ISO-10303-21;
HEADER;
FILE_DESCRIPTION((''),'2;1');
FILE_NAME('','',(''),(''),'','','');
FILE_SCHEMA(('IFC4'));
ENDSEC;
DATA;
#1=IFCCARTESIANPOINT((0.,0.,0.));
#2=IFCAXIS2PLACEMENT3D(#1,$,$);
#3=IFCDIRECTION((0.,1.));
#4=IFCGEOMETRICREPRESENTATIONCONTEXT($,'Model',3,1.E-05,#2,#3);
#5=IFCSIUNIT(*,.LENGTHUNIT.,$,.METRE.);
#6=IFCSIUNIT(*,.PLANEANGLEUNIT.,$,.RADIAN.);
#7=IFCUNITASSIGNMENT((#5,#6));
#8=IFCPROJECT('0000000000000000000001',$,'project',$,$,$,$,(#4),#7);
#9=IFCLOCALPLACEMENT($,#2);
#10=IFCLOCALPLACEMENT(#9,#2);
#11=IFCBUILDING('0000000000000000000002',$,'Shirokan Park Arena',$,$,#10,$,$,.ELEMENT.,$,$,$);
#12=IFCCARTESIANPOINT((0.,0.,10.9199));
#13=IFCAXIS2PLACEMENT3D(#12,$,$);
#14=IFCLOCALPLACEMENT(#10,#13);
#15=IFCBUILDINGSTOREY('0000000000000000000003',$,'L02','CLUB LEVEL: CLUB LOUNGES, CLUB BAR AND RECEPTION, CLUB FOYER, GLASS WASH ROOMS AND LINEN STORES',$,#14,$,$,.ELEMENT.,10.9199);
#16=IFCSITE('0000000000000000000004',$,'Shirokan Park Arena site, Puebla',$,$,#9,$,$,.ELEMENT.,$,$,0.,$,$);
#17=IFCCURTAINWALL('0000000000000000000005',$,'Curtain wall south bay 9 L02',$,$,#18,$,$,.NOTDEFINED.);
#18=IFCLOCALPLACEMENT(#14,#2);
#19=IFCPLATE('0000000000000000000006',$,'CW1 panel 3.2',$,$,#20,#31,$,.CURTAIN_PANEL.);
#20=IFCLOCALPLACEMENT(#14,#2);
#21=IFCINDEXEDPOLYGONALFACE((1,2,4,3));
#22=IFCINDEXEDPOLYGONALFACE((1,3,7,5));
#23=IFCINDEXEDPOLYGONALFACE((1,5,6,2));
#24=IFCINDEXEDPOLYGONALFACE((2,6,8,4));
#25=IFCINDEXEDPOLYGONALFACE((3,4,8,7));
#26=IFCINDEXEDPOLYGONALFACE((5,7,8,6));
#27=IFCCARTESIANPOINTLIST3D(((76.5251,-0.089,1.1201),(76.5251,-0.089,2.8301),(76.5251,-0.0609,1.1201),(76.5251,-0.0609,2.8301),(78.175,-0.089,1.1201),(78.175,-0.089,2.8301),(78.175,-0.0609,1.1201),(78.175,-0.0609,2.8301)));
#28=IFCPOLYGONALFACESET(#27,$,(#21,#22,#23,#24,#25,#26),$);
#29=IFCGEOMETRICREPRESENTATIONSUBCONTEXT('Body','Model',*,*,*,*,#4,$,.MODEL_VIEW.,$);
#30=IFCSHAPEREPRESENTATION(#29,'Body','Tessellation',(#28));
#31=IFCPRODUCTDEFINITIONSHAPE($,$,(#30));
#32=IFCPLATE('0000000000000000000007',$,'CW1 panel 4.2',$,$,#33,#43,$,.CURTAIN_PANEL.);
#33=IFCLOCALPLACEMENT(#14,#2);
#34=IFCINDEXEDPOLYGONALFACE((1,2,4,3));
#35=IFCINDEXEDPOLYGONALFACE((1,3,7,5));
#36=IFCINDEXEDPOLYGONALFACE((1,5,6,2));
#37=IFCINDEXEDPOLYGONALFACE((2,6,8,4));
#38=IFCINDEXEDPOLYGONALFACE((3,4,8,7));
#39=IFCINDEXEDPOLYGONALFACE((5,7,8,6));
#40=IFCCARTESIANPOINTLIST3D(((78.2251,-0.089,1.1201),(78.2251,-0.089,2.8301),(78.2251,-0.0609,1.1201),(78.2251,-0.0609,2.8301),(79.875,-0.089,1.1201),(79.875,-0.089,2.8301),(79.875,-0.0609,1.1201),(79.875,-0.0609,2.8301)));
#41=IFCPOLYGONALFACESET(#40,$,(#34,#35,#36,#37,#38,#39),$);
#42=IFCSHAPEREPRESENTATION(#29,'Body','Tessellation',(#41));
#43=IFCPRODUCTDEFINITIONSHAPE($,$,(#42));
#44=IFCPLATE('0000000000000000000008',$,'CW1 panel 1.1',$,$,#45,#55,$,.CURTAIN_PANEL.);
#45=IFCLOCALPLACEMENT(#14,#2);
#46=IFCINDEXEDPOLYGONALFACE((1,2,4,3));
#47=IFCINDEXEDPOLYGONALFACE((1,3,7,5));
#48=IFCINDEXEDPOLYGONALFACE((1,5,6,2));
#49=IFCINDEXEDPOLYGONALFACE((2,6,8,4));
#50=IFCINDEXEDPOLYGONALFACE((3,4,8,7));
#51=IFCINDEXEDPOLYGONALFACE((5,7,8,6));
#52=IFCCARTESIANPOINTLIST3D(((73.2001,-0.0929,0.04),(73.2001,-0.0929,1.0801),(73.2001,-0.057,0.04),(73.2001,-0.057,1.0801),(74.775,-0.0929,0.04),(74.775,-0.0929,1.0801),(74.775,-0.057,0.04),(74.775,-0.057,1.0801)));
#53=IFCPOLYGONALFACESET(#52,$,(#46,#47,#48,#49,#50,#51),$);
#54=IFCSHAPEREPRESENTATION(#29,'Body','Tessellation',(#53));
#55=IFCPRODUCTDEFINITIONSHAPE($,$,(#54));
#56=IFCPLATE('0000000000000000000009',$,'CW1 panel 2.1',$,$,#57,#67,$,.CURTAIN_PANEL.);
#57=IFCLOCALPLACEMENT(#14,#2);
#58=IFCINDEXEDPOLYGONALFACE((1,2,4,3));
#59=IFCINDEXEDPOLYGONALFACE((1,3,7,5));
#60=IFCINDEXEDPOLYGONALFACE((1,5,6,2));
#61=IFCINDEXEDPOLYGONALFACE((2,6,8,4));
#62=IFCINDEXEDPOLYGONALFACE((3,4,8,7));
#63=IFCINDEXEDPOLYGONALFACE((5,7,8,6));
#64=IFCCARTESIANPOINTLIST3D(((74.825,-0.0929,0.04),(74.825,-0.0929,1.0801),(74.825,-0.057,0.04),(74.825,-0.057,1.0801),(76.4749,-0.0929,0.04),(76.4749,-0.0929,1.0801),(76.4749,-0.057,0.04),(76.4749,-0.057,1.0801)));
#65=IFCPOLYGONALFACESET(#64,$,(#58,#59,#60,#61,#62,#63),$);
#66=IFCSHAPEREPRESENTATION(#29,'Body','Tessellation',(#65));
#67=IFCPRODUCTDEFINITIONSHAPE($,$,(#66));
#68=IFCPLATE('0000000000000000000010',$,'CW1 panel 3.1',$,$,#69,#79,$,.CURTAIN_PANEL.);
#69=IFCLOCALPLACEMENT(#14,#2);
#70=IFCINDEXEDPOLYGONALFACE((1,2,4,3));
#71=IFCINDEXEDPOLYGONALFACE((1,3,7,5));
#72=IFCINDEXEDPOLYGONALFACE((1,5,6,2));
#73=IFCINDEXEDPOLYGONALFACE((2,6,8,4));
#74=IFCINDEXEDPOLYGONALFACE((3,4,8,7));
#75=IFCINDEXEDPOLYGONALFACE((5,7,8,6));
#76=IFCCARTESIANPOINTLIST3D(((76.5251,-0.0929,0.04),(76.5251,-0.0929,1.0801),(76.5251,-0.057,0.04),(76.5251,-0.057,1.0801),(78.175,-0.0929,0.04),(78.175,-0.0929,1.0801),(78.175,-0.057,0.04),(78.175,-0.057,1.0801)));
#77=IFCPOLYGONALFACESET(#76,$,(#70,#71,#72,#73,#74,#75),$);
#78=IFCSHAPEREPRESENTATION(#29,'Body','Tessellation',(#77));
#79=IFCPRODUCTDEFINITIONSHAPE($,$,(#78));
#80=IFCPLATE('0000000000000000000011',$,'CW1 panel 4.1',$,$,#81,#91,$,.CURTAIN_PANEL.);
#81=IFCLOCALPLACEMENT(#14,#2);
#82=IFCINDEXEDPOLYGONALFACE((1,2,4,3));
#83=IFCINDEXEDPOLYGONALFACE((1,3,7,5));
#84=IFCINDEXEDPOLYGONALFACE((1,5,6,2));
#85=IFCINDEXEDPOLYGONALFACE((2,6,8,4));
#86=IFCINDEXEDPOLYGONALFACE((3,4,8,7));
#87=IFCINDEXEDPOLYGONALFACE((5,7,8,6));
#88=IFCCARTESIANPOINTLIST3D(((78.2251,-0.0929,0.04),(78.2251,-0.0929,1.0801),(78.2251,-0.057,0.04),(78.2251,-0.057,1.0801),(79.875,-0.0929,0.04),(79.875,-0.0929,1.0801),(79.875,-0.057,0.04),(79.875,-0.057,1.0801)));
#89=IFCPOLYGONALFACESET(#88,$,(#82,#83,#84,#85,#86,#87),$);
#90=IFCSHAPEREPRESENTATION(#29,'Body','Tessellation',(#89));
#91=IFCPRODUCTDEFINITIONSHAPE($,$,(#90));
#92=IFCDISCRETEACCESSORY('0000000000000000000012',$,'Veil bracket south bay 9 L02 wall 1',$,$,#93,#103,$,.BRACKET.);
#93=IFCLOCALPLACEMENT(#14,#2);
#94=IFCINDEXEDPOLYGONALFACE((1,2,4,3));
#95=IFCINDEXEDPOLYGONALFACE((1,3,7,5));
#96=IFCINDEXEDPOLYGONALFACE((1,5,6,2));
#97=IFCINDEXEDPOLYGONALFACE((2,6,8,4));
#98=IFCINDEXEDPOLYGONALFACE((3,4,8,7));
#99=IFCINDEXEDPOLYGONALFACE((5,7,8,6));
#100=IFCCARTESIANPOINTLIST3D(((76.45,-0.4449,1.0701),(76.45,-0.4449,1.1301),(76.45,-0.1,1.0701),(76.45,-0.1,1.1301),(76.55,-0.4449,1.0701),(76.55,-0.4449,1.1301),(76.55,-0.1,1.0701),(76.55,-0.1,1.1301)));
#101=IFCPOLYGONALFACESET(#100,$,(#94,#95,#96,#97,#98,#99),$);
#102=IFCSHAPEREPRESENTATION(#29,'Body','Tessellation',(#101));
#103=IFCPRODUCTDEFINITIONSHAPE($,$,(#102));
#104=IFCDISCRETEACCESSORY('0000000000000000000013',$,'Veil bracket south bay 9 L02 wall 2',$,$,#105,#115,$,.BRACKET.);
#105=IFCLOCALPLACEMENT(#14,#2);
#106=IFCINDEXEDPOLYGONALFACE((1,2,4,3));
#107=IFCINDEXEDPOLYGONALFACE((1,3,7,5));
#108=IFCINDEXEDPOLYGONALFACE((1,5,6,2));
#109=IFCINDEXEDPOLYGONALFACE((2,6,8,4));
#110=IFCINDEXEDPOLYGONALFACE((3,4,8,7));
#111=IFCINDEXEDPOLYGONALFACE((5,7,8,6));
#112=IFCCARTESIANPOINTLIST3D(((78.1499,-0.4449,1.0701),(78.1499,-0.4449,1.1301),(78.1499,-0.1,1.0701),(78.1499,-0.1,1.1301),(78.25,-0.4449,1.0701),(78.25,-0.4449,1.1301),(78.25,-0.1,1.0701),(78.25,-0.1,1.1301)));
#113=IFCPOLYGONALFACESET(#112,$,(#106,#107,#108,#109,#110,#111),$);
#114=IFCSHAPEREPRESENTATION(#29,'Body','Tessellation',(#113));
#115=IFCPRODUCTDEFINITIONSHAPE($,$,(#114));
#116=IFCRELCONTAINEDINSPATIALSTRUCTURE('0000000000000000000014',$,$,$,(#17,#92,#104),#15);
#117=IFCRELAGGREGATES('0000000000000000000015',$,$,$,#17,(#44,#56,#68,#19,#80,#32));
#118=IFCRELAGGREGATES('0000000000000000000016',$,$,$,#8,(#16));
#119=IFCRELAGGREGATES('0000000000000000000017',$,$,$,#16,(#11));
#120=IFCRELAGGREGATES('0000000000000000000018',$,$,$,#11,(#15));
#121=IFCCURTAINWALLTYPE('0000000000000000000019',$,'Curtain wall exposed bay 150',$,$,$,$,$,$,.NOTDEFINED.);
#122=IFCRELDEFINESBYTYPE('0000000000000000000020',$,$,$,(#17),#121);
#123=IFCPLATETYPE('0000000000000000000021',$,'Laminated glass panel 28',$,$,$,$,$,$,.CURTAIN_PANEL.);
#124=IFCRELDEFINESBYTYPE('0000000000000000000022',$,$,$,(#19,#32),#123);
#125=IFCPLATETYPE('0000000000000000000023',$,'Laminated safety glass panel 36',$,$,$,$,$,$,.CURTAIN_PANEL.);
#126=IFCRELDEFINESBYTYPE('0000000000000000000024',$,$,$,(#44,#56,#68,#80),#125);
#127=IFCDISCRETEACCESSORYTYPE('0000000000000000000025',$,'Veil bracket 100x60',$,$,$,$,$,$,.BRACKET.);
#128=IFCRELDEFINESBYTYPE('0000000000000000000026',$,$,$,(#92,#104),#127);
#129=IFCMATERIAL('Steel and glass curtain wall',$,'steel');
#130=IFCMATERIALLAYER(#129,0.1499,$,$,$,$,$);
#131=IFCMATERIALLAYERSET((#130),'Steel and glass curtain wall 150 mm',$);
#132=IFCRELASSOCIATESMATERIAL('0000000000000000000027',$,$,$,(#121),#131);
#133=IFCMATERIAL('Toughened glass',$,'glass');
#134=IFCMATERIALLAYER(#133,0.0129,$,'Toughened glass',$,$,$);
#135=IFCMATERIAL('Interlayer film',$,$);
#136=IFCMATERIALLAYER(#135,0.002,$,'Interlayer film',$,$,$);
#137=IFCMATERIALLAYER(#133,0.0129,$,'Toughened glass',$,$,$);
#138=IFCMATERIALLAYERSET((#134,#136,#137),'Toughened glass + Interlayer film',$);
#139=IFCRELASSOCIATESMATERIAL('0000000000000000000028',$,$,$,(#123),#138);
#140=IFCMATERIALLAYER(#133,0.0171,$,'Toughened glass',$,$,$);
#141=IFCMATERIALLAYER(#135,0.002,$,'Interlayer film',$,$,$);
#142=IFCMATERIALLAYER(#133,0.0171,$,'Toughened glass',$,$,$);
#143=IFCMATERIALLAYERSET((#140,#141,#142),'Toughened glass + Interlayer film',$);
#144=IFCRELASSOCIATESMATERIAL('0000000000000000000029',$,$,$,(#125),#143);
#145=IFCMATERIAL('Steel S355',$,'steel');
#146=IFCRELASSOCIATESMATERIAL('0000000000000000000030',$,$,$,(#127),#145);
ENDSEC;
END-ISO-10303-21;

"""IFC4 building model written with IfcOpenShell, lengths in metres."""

from ifc_helpers import new_model, si_unit, direction, frame, origin, origin_2d, place, context, subcontext, project, spatial, rectangle, extrude, material, layer, layer_set, type_object, element, aggregate, save


model = new_model("IFC4")

# Units and contexts
model_context = context("Model", 3, precision=1e-05, world=origin(), true_north=direction((0.0, 1.0)))
body_context = subcontext(model_context, "Body", "Model", "MODEL_VIEW")
ifc_project = project(units=[si_unit("LENGTHUNIT", "METRE"), si_unit("PLANEANGLEUNIT", "RADIAN")], contexts=[model_context])

# Site, building, storey
site_placement = place(None, origin())
site = spatial("IfcSite", under=ifc_project, at=site_placement, Name="Shirokan Park Arena site, Puebla", CompositionType="ELEMENT", RefElevation=0.0)
building_placement = place(site_placement, origin())
building = spatial("IfcBuilding", under=site, at=building_placement, Name="Shirokan Park Arena", CompositionType="ELEMENT")
storey_placement = place(building_placement, frame((0.0, 0.0, 10.9199)))
storey = spatial("IfcBuildingStorey", under=building, at=storey_placement, Name="L02", Description="CLUB LEVEL: CLUB LOUNGES, CLUB BAR AND RECEPTION, CLUB FOYER, GLASS WASH ROOMS AND LINEN STORES", CompositionType="ELEMENT", Elevation=10.9199)

# Curtain wall, plates
ifc_material_1 = material(Name="Steel and glass curtain wall", Category="steel")
ifc_layer_1 = layer(ifc_material_1, 0.1499)
ifc_layer_set_1 = layer_set([ifc_layer_1], Name="Steel and glass curtain wall 150 mm")
curtain_wall_type = type_object("IfcCurtainWallType", Name="Curtain wall exposed bay 150", PredefinedType="NOTDEFINED", material=ifc_layer_set_1)
curtain_wall_placement = place(storey_placement, origin())
curtain_wall = element("IfcCurtainWall", 1, at=curtain_wall_placement, inside=storey, type_object=curtain_wall_type, Name="Curtain wall south bay 9 L02", PredefinedType="NOTDEFINED")
ifc_material_2 = material(Name="Steel S355", Category="steel")
ifc_material_3 = material(Name="Toughened glass", Category="glass")
ifc_layer_2 = layer(ifc_material_3, 0.0129, Name="Toughened glass")
ifc_material_4 = material(Name="Interlayer film")
ifc_layer_3 = layer(ifc_material_4, 0.002, Name="Interlayer film")
ifc_layer_4 = layer(ifc_material_3, 0.0129, Name="Toughened glass")
ifc_layer_set_2 = layer_set([ifc_layer_2, ifc_layer_3, ifc_layer_4], Name="Toughened glass + Interlayer film")
plate_type_1 = type_object("IfcPlateType", Name="Laminated glass panel 28", PredefinedType="CURTAIN_PANEL", material=ifc_layer_set_2)
plate_1_placement = place(storey_placement, frame((77.3501, -0.075, 1.1201), z_axis=(0.0, 0.0, 1.0), x_axis=(1.0, 0.0, 0.0)))
plate_1 = element("IfcPlate", 2, at=plate_1_placement, type_object=plate_type_1, Name="CW1 panel 3.2", PredefinedType="CURTAIN_PANEL", context=body_context, shape_type="SweptSolid", body=[
    extrude(rectangle(XDim=1.6499, YDim=0.0281, at=origin_2d()), origin(), (0.0, 0.0, 1.0), 1.71),
])
plate_2_placement = place(storey_placement, frame((79.05, -0.075, 1.1201), z_axis=(0.0, 0.0, 1.0), x_axis=(1.0, 0.0, 0.0)))
plate_2 = element("IfcPlate", 3, at=plate_2_placement, type_object=plate_type_1, Name="CW1 panel 4.2", PredefinedType="CURTAIN_PANEL", context=body_context, shape_type="SweptSolid", body=[
    extrude(rectangle(XDim=1.6499, YDim=0.0281, at=origin_2d()), origin(), (0.0, 0.0, 1.0), 1.71),
])
ifc_layer_5 = layer(ifc_material_3, 0.0171, Name="Toughened glass")
ifc_layer_6 = layer(ifc_material_4, 0.002, Name="Interlayer film")
ifc_layer_7 = layer(ifc_material_3, 0.0171, Name="Toughened glass")
ifc_layer_set_3 = layer_set([ifc_layer_5, ifc_layer_6, ifc_layer_7], Name="Toughened glass + Interlayer film")
plate_type_2 = type_object("IfcPlateType", Name="Laminated safety glass panel 36", PredefinedType="CURTAIN_PANEL", material=ifc_layer_set_3)
plate_3_placement = place(storey_placement, frame((73.9875, -0.075, 0.04), z_axis=(0.0, 0.0, 1.0), x_axis=(1.0, 0.0, 0.0)))
plate_3 = element("IfcPlate", 4, at=plate_3_placement, type_object=plate_type_2, Name="CW1 panel 1.1", PredefinedType="CURTAIN_PANEL", context=body_context, shape_type="SweptSolid", body=[
    extrude(rectangle(XDim=1.575, YDim=0.0359, at=origin_2d()), origin(), (0.0, 0.0, 1.0), 1.04),
])
plate_4_placement = place(storey_placement, frame((75.6499, -0.075, 0.04), z_axis=(0.0, 0.0, 1.0), x_axis=(1.0, 0.0, 0.0)))
plate_4 = element("IfcPlate", 5, at=plate_4_placement, type_object=plate_type_2, Name="CW1 panel 2.1", PredefinedType="CURTAIN_PANEL", context=body_context, shape_type="SweptSolid", body=[
    extrude(rectangle(XDim=1.6499, YDim=0.0359, at=origin_2d()), origin(), (0.0, 0.0, 1.0), 1.04),
])
plate_5_placement = place(storey_placement, frame((77.3501, -0.075, 0.04), z_axis=(0.0, 0.0, 1.0), x_axis=(1.0, 0.0, 0.0)))
plate_5 = element("IfcPlate", 6, at=plate_5_placement, type_object=plate_type_2, Name="CW1 panel 3.1", PredefinedType="CURTAIN_PANEL", context=body_context, shape_type="SweptSolid", body=[
    extrude(rectangle(XDim=1.6499, YDim=0.0359, at=origin_2d()), origin(), (0.0, 0.0, 1.0), 1.04),
])
plate_6_placement = place(storey_placement, frame((79.05, -0.075, 0.04), z_axis=(0.0, 0.0, 1.0), x_axis=(1.0, 0.0, 0.0)))
plate_6 = element("IfcPlate", 7, at=plate_6_placement, type_object=plate_type_2, Name="CW1 panel 4.1", PredefinedType="CURTAIN_PANEL", context=body_context, shape_type="SweptSolid", body=[
    extrude(rectangle(XDim=1.6499, YDim=0.0359, at=origin_2d()), origin(), (0.0, 0.0, 1.0), 1.04),
])
aggregate(curtain_wall, [plate_3, plate_4, plate_5, plate_1, plate_6, plate_2])

# Discrete accessories
discrete_accessory_type = type_object("IfcDiscreteAccessoryType", Name="Veil bracket 100x60", PredefinedType="BRACKET", material=ifc_material_2)
for number, where, z_axis, x_axis, name in (
    (8, (76.5, -0.2725, 1.0701), (0.0, 0.0, 1.0), (1.0, 0.0, 0.0), "Veil bracket south bay 9 L02 wall 1"),
    (9, (78.2, -0.2725, 1.0701), (0.0, 0.0, 1.0), (1.0, 0.0, 0.0), "Veil bracket south bay 9 L02 wall 2"),
):
    element("IfcDiscreteAccessory", number, at=place(storey_placement, frame(where, z_axis=z_axis, x_axis=x_axis)), inside=storey, type_object=discrete_accessory_type, Name=name, PredefinedType="BRACKET", context=body_context, shape_type="SweptSolid", body=[
        extrude(rectangle(XDim=0.1001, YDim=0.345, at=origin_2d()), origin(), (0.0, 0.0, 1.0), 0.0601),
    ])

save(model, "model.ifc")
